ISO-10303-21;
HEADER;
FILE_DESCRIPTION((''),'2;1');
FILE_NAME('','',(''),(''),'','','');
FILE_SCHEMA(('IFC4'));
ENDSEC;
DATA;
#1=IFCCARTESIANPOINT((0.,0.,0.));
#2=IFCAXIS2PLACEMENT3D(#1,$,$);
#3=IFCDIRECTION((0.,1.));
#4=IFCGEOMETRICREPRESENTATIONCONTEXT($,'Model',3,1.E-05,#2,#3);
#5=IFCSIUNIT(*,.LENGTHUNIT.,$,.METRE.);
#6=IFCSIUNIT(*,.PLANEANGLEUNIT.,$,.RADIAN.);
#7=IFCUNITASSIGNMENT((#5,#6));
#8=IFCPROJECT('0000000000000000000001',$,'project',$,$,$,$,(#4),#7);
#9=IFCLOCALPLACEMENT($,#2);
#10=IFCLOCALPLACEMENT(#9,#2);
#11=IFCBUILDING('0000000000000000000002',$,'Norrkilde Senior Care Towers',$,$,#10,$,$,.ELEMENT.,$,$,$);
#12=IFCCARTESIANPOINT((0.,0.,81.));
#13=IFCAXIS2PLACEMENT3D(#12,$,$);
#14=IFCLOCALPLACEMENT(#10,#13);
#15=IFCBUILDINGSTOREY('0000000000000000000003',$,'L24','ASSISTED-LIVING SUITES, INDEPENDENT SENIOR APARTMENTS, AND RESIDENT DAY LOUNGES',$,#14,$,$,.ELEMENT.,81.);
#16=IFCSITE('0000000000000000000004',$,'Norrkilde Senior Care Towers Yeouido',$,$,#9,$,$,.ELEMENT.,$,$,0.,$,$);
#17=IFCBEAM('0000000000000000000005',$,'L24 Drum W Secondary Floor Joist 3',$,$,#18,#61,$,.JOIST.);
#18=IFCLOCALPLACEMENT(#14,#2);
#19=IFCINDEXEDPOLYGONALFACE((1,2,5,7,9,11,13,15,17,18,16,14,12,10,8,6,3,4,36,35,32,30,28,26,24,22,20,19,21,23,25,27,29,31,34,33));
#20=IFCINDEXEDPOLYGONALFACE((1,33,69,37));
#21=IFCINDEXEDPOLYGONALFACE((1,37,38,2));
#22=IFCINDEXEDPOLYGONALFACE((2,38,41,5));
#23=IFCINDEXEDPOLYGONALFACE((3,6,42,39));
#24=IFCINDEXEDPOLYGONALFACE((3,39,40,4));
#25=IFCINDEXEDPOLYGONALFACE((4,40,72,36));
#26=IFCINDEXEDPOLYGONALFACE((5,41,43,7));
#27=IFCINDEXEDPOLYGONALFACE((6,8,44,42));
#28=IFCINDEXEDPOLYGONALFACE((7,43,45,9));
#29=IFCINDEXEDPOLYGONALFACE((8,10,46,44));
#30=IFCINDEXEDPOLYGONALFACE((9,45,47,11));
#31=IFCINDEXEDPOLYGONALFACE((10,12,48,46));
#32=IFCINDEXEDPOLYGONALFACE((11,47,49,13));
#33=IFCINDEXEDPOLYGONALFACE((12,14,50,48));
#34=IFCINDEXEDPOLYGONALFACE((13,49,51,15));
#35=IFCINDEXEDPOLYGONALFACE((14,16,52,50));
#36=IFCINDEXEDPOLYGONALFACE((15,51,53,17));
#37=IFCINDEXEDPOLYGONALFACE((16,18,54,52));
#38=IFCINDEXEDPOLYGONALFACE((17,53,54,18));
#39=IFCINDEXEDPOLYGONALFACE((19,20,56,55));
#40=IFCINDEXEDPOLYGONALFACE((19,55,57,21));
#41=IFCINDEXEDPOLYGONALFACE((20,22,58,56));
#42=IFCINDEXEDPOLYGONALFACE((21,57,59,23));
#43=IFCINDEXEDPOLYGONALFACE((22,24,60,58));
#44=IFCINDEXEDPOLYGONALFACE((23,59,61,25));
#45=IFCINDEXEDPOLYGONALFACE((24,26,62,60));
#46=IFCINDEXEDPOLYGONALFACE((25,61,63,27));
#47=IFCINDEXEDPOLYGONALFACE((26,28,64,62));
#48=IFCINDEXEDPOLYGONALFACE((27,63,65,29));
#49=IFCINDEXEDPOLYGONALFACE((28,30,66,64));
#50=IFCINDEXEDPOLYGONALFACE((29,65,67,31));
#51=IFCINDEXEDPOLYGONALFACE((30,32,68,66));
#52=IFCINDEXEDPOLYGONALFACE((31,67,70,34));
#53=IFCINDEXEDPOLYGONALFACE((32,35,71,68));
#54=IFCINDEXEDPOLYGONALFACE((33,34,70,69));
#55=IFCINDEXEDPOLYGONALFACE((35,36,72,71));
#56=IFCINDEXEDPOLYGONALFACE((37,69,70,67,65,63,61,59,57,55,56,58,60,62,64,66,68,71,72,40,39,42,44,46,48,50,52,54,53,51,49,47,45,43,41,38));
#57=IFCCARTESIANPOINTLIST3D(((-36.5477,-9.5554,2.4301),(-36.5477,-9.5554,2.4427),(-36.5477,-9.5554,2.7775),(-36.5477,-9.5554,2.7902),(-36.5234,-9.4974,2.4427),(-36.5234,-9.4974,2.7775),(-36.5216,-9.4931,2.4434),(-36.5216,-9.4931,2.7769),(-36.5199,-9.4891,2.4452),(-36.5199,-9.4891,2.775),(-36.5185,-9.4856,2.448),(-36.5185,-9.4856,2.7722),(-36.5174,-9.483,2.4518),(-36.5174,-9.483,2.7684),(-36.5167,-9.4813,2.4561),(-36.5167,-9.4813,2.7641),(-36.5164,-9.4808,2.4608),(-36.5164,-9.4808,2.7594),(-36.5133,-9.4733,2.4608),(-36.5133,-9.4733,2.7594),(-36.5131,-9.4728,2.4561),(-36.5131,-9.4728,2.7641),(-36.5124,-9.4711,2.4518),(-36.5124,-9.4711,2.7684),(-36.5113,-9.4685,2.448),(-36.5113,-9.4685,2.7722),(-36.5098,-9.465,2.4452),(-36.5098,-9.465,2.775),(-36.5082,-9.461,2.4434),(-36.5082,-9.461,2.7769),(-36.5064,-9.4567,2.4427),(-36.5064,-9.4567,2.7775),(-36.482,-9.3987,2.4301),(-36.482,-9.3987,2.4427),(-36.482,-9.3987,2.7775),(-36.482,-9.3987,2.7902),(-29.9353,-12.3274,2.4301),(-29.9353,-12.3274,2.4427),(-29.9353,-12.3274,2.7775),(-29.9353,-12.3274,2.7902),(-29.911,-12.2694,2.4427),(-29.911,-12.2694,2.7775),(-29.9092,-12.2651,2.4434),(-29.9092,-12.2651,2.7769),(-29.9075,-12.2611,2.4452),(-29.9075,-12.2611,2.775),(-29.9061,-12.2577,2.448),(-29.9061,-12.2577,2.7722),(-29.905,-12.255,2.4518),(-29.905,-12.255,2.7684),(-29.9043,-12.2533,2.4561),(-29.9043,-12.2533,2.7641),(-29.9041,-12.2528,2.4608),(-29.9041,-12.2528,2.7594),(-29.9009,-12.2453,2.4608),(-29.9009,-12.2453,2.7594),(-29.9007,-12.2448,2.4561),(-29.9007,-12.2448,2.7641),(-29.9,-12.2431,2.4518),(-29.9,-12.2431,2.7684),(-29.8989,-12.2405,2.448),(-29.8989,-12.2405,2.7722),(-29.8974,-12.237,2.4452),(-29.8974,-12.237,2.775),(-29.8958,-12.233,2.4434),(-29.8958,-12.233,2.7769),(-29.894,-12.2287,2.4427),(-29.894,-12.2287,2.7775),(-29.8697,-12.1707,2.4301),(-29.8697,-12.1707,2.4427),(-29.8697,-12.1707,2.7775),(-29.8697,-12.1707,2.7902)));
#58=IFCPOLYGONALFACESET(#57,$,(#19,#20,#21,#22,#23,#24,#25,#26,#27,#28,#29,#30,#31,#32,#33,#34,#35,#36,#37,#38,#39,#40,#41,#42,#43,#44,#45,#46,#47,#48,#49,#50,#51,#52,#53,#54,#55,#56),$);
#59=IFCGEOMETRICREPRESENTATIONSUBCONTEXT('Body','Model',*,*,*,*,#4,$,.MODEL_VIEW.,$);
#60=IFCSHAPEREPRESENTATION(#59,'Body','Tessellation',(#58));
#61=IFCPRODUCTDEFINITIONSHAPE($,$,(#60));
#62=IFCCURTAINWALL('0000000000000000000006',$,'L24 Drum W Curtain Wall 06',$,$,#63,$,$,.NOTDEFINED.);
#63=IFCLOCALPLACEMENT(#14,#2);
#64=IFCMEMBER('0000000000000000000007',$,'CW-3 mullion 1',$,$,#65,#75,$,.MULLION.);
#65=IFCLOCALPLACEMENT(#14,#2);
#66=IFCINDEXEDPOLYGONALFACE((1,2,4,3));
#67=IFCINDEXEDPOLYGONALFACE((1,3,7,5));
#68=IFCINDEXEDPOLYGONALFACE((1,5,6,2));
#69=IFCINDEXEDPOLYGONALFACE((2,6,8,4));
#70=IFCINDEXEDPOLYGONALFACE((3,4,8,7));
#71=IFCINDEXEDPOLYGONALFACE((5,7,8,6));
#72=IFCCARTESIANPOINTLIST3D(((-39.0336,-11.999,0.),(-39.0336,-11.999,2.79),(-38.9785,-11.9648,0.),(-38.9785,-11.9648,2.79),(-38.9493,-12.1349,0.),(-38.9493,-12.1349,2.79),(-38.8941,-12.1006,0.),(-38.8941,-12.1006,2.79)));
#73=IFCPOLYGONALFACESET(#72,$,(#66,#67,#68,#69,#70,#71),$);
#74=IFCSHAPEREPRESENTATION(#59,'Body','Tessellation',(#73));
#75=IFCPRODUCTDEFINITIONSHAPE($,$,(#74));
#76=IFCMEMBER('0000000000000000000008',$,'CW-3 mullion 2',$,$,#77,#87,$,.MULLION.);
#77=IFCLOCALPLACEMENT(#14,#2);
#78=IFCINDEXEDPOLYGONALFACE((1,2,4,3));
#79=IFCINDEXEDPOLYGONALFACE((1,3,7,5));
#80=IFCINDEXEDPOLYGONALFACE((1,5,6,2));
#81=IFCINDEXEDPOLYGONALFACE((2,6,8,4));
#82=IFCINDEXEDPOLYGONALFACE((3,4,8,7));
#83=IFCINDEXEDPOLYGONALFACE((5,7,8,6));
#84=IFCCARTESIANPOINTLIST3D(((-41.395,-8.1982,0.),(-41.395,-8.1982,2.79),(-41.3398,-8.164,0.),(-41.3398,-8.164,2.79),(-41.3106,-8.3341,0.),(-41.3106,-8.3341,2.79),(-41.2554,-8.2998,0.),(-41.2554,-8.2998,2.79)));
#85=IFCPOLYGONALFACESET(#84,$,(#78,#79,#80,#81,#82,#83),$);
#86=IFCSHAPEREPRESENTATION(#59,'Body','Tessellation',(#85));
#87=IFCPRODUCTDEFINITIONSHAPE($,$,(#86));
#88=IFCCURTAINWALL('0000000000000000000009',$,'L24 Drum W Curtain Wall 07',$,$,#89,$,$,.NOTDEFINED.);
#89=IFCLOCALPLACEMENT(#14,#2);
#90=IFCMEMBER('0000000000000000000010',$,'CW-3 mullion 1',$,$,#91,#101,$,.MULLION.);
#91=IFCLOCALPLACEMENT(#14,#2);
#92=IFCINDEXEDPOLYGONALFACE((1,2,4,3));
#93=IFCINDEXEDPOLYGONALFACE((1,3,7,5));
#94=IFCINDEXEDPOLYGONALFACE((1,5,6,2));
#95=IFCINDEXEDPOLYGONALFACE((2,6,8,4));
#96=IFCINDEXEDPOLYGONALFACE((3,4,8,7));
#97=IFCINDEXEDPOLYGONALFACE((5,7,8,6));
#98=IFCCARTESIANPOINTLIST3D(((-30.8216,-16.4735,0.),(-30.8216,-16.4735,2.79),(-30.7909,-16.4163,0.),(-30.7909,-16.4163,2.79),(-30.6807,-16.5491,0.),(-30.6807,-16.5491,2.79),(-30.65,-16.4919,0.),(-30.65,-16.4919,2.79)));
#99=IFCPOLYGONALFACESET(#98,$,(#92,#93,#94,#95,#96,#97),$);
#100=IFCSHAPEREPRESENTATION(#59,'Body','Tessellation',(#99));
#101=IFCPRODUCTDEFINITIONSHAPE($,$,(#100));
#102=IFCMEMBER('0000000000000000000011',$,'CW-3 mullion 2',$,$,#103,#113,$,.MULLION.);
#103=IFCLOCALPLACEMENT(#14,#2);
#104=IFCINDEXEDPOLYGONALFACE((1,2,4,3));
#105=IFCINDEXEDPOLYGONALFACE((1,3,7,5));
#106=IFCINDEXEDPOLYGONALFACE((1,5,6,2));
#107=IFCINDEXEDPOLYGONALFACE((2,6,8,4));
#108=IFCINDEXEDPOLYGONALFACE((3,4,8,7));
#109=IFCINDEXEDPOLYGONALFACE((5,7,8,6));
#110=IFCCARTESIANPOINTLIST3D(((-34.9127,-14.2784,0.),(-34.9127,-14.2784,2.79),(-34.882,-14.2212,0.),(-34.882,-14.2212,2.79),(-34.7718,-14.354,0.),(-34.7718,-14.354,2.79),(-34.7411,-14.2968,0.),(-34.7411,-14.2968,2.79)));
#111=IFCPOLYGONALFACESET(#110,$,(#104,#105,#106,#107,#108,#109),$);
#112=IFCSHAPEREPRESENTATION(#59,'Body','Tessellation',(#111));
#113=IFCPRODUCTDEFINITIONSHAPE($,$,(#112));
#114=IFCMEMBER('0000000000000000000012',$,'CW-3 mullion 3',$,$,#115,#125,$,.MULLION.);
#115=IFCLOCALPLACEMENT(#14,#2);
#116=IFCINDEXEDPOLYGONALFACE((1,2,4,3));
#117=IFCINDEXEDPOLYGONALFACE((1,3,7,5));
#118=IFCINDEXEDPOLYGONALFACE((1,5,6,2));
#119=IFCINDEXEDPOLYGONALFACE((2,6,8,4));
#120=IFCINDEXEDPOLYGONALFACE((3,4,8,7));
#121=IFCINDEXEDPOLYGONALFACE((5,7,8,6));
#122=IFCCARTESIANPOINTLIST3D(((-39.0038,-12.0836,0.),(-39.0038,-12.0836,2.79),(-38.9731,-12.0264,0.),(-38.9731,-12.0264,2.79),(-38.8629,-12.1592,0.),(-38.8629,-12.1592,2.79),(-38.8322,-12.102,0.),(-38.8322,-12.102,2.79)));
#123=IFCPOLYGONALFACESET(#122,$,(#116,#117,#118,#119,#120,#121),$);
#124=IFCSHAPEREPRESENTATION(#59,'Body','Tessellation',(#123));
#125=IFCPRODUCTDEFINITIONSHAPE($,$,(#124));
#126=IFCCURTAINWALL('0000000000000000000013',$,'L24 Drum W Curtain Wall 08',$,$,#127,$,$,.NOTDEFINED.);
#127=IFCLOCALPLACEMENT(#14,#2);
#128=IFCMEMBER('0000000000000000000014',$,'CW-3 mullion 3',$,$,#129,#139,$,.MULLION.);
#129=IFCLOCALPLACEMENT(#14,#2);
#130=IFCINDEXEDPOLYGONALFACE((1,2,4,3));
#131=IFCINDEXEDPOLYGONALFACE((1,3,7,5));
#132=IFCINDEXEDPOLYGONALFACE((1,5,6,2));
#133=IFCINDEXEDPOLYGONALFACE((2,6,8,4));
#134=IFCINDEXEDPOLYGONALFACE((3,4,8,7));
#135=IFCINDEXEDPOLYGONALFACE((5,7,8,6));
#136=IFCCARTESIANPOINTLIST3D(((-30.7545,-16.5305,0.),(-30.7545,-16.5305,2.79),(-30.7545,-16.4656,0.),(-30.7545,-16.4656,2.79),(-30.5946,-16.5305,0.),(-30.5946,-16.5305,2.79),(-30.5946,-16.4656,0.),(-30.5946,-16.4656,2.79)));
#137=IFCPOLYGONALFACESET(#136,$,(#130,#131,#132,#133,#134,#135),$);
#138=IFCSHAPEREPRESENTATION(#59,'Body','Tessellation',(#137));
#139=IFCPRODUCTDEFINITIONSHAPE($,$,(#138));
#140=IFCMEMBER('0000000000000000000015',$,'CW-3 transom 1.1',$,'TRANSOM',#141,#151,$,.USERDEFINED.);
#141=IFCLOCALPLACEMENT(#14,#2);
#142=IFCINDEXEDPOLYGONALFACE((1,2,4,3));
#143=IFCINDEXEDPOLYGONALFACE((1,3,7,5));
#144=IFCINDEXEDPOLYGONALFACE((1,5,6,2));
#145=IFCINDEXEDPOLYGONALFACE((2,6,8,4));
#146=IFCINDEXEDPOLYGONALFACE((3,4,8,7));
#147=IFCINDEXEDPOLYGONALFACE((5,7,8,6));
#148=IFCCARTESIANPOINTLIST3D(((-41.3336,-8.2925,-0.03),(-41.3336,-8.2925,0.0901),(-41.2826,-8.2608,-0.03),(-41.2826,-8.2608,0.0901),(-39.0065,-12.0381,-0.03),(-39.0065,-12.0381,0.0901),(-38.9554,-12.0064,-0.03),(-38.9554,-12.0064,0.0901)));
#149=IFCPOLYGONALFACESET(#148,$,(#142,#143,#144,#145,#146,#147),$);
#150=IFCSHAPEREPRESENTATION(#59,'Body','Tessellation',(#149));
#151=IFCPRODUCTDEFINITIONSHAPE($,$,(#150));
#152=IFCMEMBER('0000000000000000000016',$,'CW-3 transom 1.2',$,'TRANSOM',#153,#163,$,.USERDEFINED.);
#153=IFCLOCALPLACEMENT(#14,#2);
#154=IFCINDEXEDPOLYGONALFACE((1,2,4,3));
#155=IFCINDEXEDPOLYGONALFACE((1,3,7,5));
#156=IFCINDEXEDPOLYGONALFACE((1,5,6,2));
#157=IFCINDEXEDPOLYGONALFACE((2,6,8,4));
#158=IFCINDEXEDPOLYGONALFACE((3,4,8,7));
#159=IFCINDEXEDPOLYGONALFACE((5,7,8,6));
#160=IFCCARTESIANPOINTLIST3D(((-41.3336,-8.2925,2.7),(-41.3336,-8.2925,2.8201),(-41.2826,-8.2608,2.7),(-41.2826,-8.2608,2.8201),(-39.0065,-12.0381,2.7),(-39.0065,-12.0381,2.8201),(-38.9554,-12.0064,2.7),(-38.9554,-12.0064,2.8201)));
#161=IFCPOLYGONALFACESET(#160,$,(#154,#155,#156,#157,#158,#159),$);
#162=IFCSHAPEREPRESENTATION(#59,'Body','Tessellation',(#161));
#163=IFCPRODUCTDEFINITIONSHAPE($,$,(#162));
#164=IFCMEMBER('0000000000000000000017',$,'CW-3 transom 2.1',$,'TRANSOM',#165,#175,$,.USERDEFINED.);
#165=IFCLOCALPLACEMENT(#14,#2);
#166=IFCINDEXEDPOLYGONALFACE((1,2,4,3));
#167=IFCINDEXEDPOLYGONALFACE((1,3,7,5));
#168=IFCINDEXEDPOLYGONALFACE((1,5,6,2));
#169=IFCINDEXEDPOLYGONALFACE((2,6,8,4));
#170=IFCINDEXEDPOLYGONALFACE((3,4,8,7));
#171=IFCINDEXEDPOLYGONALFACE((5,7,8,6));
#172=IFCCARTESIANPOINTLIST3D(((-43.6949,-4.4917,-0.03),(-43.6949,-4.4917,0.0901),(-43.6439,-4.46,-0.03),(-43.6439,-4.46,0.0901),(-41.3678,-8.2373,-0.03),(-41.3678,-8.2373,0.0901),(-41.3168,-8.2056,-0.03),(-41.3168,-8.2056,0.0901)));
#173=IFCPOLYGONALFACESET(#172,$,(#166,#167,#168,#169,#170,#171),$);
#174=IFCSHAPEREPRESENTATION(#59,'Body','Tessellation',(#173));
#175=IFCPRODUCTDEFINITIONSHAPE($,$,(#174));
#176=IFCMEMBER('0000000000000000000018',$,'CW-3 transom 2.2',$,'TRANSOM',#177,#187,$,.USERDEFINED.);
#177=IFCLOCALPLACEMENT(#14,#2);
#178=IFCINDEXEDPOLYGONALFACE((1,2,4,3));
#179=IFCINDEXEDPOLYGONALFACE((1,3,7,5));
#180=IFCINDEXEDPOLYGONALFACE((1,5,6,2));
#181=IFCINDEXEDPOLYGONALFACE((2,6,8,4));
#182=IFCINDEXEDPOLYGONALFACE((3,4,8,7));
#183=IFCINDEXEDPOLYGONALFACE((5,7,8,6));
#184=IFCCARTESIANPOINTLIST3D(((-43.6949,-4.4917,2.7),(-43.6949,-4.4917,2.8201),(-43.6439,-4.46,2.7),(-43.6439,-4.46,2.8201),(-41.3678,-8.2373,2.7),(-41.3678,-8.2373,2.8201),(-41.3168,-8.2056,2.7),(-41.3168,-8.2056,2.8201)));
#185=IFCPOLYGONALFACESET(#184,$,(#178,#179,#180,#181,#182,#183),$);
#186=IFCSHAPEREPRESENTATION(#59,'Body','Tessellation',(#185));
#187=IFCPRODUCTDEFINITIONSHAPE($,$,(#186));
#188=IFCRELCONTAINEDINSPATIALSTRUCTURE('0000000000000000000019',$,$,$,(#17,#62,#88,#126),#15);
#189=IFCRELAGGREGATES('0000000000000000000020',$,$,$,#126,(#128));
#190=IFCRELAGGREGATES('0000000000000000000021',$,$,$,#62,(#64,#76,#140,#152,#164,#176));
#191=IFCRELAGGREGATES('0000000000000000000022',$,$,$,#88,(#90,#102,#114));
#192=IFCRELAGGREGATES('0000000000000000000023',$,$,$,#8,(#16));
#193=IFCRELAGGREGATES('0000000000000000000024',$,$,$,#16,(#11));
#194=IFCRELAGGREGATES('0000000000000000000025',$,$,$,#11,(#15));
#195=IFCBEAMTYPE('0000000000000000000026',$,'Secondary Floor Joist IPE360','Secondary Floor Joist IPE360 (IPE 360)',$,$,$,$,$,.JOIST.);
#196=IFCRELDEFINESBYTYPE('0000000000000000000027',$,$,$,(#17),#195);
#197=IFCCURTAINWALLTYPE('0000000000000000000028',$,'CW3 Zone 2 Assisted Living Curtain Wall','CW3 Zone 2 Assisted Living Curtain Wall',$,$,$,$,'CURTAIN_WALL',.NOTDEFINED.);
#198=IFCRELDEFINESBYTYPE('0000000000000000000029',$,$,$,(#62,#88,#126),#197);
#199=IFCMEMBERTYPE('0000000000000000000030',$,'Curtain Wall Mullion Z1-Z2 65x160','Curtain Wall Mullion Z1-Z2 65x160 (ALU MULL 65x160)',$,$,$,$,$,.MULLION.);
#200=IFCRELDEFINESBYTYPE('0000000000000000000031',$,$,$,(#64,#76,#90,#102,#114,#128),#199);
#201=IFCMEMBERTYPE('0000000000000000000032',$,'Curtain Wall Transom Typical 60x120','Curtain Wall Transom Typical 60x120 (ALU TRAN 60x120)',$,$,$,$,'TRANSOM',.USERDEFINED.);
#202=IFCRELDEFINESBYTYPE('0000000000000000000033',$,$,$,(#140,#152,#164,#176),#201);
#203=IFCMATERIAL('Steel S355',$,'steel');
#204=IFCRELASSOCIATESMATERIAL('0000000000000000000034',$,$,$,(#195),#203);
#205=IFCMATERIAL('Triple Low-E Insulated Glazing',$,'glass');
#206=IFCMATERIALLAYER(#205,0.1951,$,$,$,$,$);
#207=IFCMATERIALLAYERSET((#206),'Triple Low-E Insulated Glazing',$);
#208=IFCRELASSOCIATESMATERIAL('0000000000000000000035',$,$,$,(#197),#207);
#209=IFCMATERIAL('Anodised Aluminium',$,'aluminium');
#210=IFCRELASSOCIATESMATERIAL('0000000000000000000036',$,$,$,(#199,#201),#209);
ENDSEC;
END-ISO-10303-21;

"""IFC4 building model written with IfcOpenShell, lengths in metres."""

from ifc_helpers import new_model, si_unit, direction, frame, origin, origin_2d, place, context, subcontext, project, spatial, rectangle, i_section, extrude, source, transform, mapped, material, layer, layer_set, material_profile, profile_set, type_object, type_shapes, element, aggregate, save


model = new_model("IFC4")

# Units and contexts
model_context = context("Model", 3, precision=1e-05, world=origin(), true_north=direction((0.0, 1.0)))
body_context = subcontext(model_context, "Body", "Model", "MODEL_VIEW")
ifc_project = project(units=[si_unit("LENGTHUNIT", "METRE"), si_unit("PLANEANGLEUNIT", "RADIAN")], contexts=[model_context])

# Site, building, storey
site_placement = place(None, origin())
site = spatial("IfcSite", under=ifc_project, at=site_placement, Name="Norrkilde Senior Care Towers Yeouido", CompositionType="ELEMENT", RefElevation=0.0)
building_placement = place(site_placement, origin())
building = spatial("IfcBuilding", under=site, at=building_placement, Name="Norrkilde Senior Care Towers", CompositionType="ELEMENT")
storey_placement = place(building_placement, frame((0.0, 0.0, 81.0)))
storey = spatial("IfcBuildingStorey", under=building, at=storey_placement, Name="L24", Description="ASSISTED-LIVING SUITES, INDEPENDENT SENIOR APARTMENTS, AND RESIDENT DAY LOUNGES", CompositionType="ELEMENT", Elevation=81.0)

# Beam
ifc_material_1 = material(Name="Steel S355", Category="steel")
ifc_material_profile_1 = material_profile(ifc_material_1, i_section(OverallWidth=0.1699, OverallDepth=0.3601, WebThickness=0.0081, FlangeThickness=0.0127, FilletRadius=0.0181, at=origin_2d()), Name="IPE 360")
ifc_profile_set_1 = profile_set([ifc_material_profile_1], Name="Steel S355")
beam_type_1 = type_object("IfcBeamType", Name="Secondary Floor Joist IPE360", Description="Secondary Floor Joist IPE360 (IPE 360)", PredefinedType="JOIST", material=ifc_profile_set_1)
shared_shape_1 = source(origin(), body_context, "Body", "SweptSolid", [
    extrude(i_section(OverallWidth=0.1699, OverallDepth=0.3601, WebThickness=0.0081, FlangeThickness=0.0127, FilletRadius=0.0181, at=origin_2d()), origin(), (0.0, 0.0, 1.0), 7.1699),
])
type_shapes(beam_type_1, [shared_shape_1])
beam_1_placement = place(storey_placement, frame((-36.5149, -9.4771, 2.6101), z_axis=(0.922241, -0.386616, 0.0), x_axis=(0.386616, 0.922241, 0.0)))
element("IfcBeam", 1, at=beam_1_placement, inside=storey, type_object=beam_type_1, Name="L24 Drum W Secondary Floor Joist 3", PredefinedType="JOIST", context=body_context, shape_type="MappedRepresentation", body=[
    mapped(shared_shape_1, transform((0.0, 0.0, 0.0), x_axis=(1.0, 0.0, 0.0), y_axis=(0.0, 1.0, 0.0), z_axis=(0.0, 0.0, 1.0), scale=1.0)),
])

# Curtain walls, members
ifc_material_2 = material(Name="Triple Low-E Insulated Glazing", Category="glass")
ifc_layer_1 = layer(ifc_material_2, 0.1951)
ifc_layer_set_1 = layer_set([ifc_layer_1], Name="Triple Low-E Insulated Glazing")
curtain_wall_type = type_object("IfcCurtainWallType", Name="CW3 Zone 2 Assisted Living Curtain Wall", Description="CW3 Zone 2 Assisted Living Curtain Wall", ElementType="CURTAIN_WALL", PredefinedType="NOTDEFINED", material=ifc_layer_set_1)
curtain_wall_1_placement = place(storey_placement, origin())
curtain_wall_1 = element("IfcCurtainWall", 2, at=curtain_wall_1_placement, inside=storey, type_object=curtain_wall_type, Name="L24 Drum W Curtain Wall 06", PredefinedType="NOTDEFINED")
ifc_material_3 = material(Name="Anodised Aluminium", Category="aluminium")
ifc_material_profile_2 = material_profile(ifc_material_3, rectangle(XDim=0.0649, YDim=0.1599, at=origin_2d()), Name="ALU MULL 65x160")
ifc_profile_set_2 = profile_set([ifc_material_profile_2], Name="Anodised Aluminium")
member_type_1 = type_object("IfcMemberType", Name="Curtain Wall Mullion Z1-Z2 65x160", Description="Curtain Wall Mullion Z1-Z2 65x160 (ALU MULL 65x160)", PredefinedType="MULLION", material=ifc_profile_set_2)
shared_shape_2 = source(origin(), body_context, "Body", "SweptSolid", [
    extrude(rectangle(XDim=0.0649, YDim=0.1599, at=origin_2d()), origin(), (0.0, 0.0, 1.0), 2.79),
])
type_shapes(member_type_1, [shared_shape_2])
member_1_placement = place(storey_placement, frame((-38.9639, -12.0498, 0.0), z_axis=(0.0, 0.0, 1.0), x_axis=(-0.84941, -0.527733, 0.0)))
member_1 = element("IfcMember", 3, at=member_1_placement, type_object=member_type_1, Name="CW-3 mullion 1", PredefinedType="MULLION", context=body_context, shape_type="MappedRepresentation", body=[
    mapped(shared_shape_2, transform((0.0, 0.0, 0.0), x_axis=(1.0, 0.0, 0.0), y_axis=(0.0, 1.0, 0.0), z_axis=(0.0, 0.0, 1.0), scale=1.0)),
])
member_2_placement = place(storey_placement, frame((-41.3252, -8.249, 0.0), z_axis=(0.0, 0.0, 1.0), x_axis=(-0.84941, -0.527733, 0.0)))
member_2 = element("IfcMember", 4, at=member_2_placement, type_object=member_type_1, Name="CW-3 mullion 2", PredefinedType="MULLION", context=body_context, shape_type="MappedRepresentation", body=[
    mapped(shared_shape_2, transform((0.0, 0.0, 0.0), x_axis=(1.0, 0.0, 0.0), y_axis=(0.0, 1.0, 0.0), z_axis=(0.0, 0.0, 1.0), scale=1.0)),
])
curtain_wall_2_placement = place(storey_placement, origin())
curtain_wall_2 = element("IfcCurtainWall", 5, at=curtain_wall_2_placement, inside=storey, type_object=curtain_wall_type, Name="L24 Drum W Curtain Wall 07", PredefinedType="NOTDEFINED")
member_3_placement = place(storey_placement, frame((-30.7358, -16.4827, 0.0), z_axis=(0.0, 0.0, 1.0), x_axis=(-0.472769, -0.881186, 0.0)))
member_3 = element("IfcMember", 6, at=member_3_placement, type_object=member_type_1, Name="CW-3 mullion 1", PredefinedType="MULLION", context=body_context, shape_type="MappedRepresentation", body=[
    mapped(shared_shape_2, transform((0.0, 0.0, 0.0), x_axis=(1.0, 0.0, 0.0), y_axis=(0.0, 1.0, 0.0), z_axis=(0.0, 0.0, 1.0), scale=1.0)),
])
member_4_placement = place(storey_placement, frame((-34.8269, -14.2876, 0.0), z_axis=(0.0, 0.0, 1.0), x_axis=(-0.472769, -0.881186, 0.0)))
member_4 = element("IfcMember", 7, at=member_4_placement, type_object=member_type_1, Name="CW-3 mullion 2", PredefinedType="MULLION", context=body_context, shape_type="MappedRepresentation", body=[
    mapped(shared_shape_2, transform((0.0, 0.0, 0.0), x_axis=(1.0, 0.0, 0.0), y_axis=(0.0, 1.0, 0.0), z_axis=(0.0, 0.0, 1.0), scale=1.0)),
])
member_5_placement = place(storey_placement, frame((-38.918, -12.0928, 0.0), z_axis=(0.0, 0.0, 1.0), x_axis=(-0.472769, -0.881186, 0.0)))
member_5 = element("IfcMember", 8, at=member_5_placement, type_object=member_type_1, Name="CW-3 mullion 3", PredefinedType="MULLION", context=body_context, shape_type="MappedRepresentation", body=[
    mapped(shared_shape_2, transform((0.0, 0.0, 0.0), x_axis=(1.0, 0.0, 0.0), y_axis=(0.0, 1.0, 0.0), z_axis=(0.0, 0.0, 1.0), scale=1.0)),
])

# Curtain wall, member
curtain_wall_3_placement = place(storey_placement, origin())
curtain_wall_3 = element("IfcCurtainWall", 9, at=curtain_wall_3_placement, inside=storey, type_object=curtain_wall_type, Name="L24 Drum W Curtain Wall 08", PredefinedType="NOTDEFINED")
member_6_placement = place(storey_placement, frame((-30.6746, -16.498, 0.0), z_axis=(0.0, 0.0, 1.0), x_axis=(0.0, -1.0, 0.0)))
member_6 = element("IfcMember", 10, at=member_6_placement, type_object=member_type_1, Name="CW-3 mullion 3", PredefinedType="MULLION", context=body_context, shape_type="MappedRepresentation", body=[
    mapped(shared_shape_2, transform((0.0, 0.0, 0.0), x_axis=(1.0, 0.0, 0.0), y_axis=(0.0, 1.0, 0.0), z_axis=(0.0, 0.0, 1.0), scale=1.0)),
])
aggregate(curtain_wall_3, [member_6])

# Members
ifc_material_profile_3 = material_profile(ifc_material_3, rectangle(XDim=0.0601, YDim=0.1201, at=origin_2d()), Name="ALU TRAN 60x120")
ifc_profile_set_3 = profile_set([ifc_material_profile_3], Name="Anodised Aluminium")
member_type_2 = type_object("IfcMemberType", Name="Curtain Wall Transom Typical 60x120", Description="Curtain Wall Transom Typical 60x120 (ALU TRAN 60x120)", ElementType="TRANSOM", PredefinedType="USERDEFINED", material=ifc_profile_set_3)
shared_shape_3 = source(origin(), body_context, "Body", "SweptSolid", [
    extrude(rectangle(XDim=0.0601, YDim=0.1201, at=origin_2d()), origin(), (0.0, 0.0, 1.0), 4.4097),
])
member_7_placement = place(storey_placement, frame((-38.981, -12.0222, 0.03), z_axis=(-0.527738, 0.849407, 0.0), x_axis=(-0.849407, -0.527738, 0.0)))
member_7 = element("IfcMember", 11, at=member_7_placement, type_object=member_type_2, Name="CW-3 transom 1.1", ObjectType="TRANSOM", PredefinedType="USERDEFINED", context=body_context, shape_type="MappedRepresentation", body=[
    mapped(shared_shape_3, transform((0.0, 0.0, 0.0), x_axis=(1.0, 0.0, 0.0), y_axis=(0.0, 1.0, 0.0), z_axis=(0.0, 0.0, 1.0), scale=1.0)),
])
member_8_placement = place(storey_placement, frame((-38.981, -12.0222, 2.76), z_axis=(-0.527738, 0.849407, 0.0), x_axis=(-0.849407, -0.527738, 0.0)))
member_8 = element("IfcMember", 12, at=member_8_placement, type_object=member_type_2, Name="CW-3 transom 1.2", ObjectType="TRANSOM", PredefinedType="USERDEFINED", context=body_context, shape_type="MappedRepresentation", body=[
    mapped(shared_shape_3, transform((0.0, 0.0, 0.0), x_axis=(1.0, 0.0, 0.0), y_axis=(0.0, 1.0, 0.0), z_axis=(0.0, 0.0, 1.0), scale=1.0)),
])
member_9_placement = place(storey_placement, frame((-41.3423, -8.2214, 0.03), z_axis=(-0.527738, 0.849407, 0.0), x_axis=(-0.849407, -0.527738, 0.0)))
member_9 = element("IfcMember", 13, at=member_9_placement, type_object=member_type_2, Name="CW-3 transom 2.1", ObjectType="TRANSOM", PredefinedType="USERDEFINED", context=body_context, shape_type="MappedRepresentation", body=[
    mapped(shared_shape_3, transform((0.0, 0.0, 0.0), x_axis=(1.0, 0.0, 0.0), y_axis=(0.0, 1.0, 0.0), z_axis=(0.0, 0.0, 1.0), scale=1.0)),
])
member_10_placement = place(storey_placement, frame((-41.3423, -8.2214, 2.76), z_axis=(-0.527738, 0.849407, 0.0), x_axis=(-0.849407, -0.527738, 0.0)))
member_10 = element("IfcMember", 14, at=member_10_placement, type_object=member_type_2, Name="CW-3 transom 2.2", ObjectType="TRANSOM", PredefinedType="USERDEFINED", context=body_context, shape_type="MappedRepresentation", body=[
    mapped(shared_shape_3, transform((0.0, 0.0, 0.0), x_axis=(1.0, 0.0, 0.0), y_axis=(0.0, 1.0, 0.0), z_axis=(0.0, 0.0, 1.0), scale=1.0)),
])

aggregate(curtain_wall_1, [member_1, member_2, member_7, member_8, member_9, member_10])
aggregate(curtain_wall_2, [member_3, member_4, member_5])

save(model, "model.ifc")
